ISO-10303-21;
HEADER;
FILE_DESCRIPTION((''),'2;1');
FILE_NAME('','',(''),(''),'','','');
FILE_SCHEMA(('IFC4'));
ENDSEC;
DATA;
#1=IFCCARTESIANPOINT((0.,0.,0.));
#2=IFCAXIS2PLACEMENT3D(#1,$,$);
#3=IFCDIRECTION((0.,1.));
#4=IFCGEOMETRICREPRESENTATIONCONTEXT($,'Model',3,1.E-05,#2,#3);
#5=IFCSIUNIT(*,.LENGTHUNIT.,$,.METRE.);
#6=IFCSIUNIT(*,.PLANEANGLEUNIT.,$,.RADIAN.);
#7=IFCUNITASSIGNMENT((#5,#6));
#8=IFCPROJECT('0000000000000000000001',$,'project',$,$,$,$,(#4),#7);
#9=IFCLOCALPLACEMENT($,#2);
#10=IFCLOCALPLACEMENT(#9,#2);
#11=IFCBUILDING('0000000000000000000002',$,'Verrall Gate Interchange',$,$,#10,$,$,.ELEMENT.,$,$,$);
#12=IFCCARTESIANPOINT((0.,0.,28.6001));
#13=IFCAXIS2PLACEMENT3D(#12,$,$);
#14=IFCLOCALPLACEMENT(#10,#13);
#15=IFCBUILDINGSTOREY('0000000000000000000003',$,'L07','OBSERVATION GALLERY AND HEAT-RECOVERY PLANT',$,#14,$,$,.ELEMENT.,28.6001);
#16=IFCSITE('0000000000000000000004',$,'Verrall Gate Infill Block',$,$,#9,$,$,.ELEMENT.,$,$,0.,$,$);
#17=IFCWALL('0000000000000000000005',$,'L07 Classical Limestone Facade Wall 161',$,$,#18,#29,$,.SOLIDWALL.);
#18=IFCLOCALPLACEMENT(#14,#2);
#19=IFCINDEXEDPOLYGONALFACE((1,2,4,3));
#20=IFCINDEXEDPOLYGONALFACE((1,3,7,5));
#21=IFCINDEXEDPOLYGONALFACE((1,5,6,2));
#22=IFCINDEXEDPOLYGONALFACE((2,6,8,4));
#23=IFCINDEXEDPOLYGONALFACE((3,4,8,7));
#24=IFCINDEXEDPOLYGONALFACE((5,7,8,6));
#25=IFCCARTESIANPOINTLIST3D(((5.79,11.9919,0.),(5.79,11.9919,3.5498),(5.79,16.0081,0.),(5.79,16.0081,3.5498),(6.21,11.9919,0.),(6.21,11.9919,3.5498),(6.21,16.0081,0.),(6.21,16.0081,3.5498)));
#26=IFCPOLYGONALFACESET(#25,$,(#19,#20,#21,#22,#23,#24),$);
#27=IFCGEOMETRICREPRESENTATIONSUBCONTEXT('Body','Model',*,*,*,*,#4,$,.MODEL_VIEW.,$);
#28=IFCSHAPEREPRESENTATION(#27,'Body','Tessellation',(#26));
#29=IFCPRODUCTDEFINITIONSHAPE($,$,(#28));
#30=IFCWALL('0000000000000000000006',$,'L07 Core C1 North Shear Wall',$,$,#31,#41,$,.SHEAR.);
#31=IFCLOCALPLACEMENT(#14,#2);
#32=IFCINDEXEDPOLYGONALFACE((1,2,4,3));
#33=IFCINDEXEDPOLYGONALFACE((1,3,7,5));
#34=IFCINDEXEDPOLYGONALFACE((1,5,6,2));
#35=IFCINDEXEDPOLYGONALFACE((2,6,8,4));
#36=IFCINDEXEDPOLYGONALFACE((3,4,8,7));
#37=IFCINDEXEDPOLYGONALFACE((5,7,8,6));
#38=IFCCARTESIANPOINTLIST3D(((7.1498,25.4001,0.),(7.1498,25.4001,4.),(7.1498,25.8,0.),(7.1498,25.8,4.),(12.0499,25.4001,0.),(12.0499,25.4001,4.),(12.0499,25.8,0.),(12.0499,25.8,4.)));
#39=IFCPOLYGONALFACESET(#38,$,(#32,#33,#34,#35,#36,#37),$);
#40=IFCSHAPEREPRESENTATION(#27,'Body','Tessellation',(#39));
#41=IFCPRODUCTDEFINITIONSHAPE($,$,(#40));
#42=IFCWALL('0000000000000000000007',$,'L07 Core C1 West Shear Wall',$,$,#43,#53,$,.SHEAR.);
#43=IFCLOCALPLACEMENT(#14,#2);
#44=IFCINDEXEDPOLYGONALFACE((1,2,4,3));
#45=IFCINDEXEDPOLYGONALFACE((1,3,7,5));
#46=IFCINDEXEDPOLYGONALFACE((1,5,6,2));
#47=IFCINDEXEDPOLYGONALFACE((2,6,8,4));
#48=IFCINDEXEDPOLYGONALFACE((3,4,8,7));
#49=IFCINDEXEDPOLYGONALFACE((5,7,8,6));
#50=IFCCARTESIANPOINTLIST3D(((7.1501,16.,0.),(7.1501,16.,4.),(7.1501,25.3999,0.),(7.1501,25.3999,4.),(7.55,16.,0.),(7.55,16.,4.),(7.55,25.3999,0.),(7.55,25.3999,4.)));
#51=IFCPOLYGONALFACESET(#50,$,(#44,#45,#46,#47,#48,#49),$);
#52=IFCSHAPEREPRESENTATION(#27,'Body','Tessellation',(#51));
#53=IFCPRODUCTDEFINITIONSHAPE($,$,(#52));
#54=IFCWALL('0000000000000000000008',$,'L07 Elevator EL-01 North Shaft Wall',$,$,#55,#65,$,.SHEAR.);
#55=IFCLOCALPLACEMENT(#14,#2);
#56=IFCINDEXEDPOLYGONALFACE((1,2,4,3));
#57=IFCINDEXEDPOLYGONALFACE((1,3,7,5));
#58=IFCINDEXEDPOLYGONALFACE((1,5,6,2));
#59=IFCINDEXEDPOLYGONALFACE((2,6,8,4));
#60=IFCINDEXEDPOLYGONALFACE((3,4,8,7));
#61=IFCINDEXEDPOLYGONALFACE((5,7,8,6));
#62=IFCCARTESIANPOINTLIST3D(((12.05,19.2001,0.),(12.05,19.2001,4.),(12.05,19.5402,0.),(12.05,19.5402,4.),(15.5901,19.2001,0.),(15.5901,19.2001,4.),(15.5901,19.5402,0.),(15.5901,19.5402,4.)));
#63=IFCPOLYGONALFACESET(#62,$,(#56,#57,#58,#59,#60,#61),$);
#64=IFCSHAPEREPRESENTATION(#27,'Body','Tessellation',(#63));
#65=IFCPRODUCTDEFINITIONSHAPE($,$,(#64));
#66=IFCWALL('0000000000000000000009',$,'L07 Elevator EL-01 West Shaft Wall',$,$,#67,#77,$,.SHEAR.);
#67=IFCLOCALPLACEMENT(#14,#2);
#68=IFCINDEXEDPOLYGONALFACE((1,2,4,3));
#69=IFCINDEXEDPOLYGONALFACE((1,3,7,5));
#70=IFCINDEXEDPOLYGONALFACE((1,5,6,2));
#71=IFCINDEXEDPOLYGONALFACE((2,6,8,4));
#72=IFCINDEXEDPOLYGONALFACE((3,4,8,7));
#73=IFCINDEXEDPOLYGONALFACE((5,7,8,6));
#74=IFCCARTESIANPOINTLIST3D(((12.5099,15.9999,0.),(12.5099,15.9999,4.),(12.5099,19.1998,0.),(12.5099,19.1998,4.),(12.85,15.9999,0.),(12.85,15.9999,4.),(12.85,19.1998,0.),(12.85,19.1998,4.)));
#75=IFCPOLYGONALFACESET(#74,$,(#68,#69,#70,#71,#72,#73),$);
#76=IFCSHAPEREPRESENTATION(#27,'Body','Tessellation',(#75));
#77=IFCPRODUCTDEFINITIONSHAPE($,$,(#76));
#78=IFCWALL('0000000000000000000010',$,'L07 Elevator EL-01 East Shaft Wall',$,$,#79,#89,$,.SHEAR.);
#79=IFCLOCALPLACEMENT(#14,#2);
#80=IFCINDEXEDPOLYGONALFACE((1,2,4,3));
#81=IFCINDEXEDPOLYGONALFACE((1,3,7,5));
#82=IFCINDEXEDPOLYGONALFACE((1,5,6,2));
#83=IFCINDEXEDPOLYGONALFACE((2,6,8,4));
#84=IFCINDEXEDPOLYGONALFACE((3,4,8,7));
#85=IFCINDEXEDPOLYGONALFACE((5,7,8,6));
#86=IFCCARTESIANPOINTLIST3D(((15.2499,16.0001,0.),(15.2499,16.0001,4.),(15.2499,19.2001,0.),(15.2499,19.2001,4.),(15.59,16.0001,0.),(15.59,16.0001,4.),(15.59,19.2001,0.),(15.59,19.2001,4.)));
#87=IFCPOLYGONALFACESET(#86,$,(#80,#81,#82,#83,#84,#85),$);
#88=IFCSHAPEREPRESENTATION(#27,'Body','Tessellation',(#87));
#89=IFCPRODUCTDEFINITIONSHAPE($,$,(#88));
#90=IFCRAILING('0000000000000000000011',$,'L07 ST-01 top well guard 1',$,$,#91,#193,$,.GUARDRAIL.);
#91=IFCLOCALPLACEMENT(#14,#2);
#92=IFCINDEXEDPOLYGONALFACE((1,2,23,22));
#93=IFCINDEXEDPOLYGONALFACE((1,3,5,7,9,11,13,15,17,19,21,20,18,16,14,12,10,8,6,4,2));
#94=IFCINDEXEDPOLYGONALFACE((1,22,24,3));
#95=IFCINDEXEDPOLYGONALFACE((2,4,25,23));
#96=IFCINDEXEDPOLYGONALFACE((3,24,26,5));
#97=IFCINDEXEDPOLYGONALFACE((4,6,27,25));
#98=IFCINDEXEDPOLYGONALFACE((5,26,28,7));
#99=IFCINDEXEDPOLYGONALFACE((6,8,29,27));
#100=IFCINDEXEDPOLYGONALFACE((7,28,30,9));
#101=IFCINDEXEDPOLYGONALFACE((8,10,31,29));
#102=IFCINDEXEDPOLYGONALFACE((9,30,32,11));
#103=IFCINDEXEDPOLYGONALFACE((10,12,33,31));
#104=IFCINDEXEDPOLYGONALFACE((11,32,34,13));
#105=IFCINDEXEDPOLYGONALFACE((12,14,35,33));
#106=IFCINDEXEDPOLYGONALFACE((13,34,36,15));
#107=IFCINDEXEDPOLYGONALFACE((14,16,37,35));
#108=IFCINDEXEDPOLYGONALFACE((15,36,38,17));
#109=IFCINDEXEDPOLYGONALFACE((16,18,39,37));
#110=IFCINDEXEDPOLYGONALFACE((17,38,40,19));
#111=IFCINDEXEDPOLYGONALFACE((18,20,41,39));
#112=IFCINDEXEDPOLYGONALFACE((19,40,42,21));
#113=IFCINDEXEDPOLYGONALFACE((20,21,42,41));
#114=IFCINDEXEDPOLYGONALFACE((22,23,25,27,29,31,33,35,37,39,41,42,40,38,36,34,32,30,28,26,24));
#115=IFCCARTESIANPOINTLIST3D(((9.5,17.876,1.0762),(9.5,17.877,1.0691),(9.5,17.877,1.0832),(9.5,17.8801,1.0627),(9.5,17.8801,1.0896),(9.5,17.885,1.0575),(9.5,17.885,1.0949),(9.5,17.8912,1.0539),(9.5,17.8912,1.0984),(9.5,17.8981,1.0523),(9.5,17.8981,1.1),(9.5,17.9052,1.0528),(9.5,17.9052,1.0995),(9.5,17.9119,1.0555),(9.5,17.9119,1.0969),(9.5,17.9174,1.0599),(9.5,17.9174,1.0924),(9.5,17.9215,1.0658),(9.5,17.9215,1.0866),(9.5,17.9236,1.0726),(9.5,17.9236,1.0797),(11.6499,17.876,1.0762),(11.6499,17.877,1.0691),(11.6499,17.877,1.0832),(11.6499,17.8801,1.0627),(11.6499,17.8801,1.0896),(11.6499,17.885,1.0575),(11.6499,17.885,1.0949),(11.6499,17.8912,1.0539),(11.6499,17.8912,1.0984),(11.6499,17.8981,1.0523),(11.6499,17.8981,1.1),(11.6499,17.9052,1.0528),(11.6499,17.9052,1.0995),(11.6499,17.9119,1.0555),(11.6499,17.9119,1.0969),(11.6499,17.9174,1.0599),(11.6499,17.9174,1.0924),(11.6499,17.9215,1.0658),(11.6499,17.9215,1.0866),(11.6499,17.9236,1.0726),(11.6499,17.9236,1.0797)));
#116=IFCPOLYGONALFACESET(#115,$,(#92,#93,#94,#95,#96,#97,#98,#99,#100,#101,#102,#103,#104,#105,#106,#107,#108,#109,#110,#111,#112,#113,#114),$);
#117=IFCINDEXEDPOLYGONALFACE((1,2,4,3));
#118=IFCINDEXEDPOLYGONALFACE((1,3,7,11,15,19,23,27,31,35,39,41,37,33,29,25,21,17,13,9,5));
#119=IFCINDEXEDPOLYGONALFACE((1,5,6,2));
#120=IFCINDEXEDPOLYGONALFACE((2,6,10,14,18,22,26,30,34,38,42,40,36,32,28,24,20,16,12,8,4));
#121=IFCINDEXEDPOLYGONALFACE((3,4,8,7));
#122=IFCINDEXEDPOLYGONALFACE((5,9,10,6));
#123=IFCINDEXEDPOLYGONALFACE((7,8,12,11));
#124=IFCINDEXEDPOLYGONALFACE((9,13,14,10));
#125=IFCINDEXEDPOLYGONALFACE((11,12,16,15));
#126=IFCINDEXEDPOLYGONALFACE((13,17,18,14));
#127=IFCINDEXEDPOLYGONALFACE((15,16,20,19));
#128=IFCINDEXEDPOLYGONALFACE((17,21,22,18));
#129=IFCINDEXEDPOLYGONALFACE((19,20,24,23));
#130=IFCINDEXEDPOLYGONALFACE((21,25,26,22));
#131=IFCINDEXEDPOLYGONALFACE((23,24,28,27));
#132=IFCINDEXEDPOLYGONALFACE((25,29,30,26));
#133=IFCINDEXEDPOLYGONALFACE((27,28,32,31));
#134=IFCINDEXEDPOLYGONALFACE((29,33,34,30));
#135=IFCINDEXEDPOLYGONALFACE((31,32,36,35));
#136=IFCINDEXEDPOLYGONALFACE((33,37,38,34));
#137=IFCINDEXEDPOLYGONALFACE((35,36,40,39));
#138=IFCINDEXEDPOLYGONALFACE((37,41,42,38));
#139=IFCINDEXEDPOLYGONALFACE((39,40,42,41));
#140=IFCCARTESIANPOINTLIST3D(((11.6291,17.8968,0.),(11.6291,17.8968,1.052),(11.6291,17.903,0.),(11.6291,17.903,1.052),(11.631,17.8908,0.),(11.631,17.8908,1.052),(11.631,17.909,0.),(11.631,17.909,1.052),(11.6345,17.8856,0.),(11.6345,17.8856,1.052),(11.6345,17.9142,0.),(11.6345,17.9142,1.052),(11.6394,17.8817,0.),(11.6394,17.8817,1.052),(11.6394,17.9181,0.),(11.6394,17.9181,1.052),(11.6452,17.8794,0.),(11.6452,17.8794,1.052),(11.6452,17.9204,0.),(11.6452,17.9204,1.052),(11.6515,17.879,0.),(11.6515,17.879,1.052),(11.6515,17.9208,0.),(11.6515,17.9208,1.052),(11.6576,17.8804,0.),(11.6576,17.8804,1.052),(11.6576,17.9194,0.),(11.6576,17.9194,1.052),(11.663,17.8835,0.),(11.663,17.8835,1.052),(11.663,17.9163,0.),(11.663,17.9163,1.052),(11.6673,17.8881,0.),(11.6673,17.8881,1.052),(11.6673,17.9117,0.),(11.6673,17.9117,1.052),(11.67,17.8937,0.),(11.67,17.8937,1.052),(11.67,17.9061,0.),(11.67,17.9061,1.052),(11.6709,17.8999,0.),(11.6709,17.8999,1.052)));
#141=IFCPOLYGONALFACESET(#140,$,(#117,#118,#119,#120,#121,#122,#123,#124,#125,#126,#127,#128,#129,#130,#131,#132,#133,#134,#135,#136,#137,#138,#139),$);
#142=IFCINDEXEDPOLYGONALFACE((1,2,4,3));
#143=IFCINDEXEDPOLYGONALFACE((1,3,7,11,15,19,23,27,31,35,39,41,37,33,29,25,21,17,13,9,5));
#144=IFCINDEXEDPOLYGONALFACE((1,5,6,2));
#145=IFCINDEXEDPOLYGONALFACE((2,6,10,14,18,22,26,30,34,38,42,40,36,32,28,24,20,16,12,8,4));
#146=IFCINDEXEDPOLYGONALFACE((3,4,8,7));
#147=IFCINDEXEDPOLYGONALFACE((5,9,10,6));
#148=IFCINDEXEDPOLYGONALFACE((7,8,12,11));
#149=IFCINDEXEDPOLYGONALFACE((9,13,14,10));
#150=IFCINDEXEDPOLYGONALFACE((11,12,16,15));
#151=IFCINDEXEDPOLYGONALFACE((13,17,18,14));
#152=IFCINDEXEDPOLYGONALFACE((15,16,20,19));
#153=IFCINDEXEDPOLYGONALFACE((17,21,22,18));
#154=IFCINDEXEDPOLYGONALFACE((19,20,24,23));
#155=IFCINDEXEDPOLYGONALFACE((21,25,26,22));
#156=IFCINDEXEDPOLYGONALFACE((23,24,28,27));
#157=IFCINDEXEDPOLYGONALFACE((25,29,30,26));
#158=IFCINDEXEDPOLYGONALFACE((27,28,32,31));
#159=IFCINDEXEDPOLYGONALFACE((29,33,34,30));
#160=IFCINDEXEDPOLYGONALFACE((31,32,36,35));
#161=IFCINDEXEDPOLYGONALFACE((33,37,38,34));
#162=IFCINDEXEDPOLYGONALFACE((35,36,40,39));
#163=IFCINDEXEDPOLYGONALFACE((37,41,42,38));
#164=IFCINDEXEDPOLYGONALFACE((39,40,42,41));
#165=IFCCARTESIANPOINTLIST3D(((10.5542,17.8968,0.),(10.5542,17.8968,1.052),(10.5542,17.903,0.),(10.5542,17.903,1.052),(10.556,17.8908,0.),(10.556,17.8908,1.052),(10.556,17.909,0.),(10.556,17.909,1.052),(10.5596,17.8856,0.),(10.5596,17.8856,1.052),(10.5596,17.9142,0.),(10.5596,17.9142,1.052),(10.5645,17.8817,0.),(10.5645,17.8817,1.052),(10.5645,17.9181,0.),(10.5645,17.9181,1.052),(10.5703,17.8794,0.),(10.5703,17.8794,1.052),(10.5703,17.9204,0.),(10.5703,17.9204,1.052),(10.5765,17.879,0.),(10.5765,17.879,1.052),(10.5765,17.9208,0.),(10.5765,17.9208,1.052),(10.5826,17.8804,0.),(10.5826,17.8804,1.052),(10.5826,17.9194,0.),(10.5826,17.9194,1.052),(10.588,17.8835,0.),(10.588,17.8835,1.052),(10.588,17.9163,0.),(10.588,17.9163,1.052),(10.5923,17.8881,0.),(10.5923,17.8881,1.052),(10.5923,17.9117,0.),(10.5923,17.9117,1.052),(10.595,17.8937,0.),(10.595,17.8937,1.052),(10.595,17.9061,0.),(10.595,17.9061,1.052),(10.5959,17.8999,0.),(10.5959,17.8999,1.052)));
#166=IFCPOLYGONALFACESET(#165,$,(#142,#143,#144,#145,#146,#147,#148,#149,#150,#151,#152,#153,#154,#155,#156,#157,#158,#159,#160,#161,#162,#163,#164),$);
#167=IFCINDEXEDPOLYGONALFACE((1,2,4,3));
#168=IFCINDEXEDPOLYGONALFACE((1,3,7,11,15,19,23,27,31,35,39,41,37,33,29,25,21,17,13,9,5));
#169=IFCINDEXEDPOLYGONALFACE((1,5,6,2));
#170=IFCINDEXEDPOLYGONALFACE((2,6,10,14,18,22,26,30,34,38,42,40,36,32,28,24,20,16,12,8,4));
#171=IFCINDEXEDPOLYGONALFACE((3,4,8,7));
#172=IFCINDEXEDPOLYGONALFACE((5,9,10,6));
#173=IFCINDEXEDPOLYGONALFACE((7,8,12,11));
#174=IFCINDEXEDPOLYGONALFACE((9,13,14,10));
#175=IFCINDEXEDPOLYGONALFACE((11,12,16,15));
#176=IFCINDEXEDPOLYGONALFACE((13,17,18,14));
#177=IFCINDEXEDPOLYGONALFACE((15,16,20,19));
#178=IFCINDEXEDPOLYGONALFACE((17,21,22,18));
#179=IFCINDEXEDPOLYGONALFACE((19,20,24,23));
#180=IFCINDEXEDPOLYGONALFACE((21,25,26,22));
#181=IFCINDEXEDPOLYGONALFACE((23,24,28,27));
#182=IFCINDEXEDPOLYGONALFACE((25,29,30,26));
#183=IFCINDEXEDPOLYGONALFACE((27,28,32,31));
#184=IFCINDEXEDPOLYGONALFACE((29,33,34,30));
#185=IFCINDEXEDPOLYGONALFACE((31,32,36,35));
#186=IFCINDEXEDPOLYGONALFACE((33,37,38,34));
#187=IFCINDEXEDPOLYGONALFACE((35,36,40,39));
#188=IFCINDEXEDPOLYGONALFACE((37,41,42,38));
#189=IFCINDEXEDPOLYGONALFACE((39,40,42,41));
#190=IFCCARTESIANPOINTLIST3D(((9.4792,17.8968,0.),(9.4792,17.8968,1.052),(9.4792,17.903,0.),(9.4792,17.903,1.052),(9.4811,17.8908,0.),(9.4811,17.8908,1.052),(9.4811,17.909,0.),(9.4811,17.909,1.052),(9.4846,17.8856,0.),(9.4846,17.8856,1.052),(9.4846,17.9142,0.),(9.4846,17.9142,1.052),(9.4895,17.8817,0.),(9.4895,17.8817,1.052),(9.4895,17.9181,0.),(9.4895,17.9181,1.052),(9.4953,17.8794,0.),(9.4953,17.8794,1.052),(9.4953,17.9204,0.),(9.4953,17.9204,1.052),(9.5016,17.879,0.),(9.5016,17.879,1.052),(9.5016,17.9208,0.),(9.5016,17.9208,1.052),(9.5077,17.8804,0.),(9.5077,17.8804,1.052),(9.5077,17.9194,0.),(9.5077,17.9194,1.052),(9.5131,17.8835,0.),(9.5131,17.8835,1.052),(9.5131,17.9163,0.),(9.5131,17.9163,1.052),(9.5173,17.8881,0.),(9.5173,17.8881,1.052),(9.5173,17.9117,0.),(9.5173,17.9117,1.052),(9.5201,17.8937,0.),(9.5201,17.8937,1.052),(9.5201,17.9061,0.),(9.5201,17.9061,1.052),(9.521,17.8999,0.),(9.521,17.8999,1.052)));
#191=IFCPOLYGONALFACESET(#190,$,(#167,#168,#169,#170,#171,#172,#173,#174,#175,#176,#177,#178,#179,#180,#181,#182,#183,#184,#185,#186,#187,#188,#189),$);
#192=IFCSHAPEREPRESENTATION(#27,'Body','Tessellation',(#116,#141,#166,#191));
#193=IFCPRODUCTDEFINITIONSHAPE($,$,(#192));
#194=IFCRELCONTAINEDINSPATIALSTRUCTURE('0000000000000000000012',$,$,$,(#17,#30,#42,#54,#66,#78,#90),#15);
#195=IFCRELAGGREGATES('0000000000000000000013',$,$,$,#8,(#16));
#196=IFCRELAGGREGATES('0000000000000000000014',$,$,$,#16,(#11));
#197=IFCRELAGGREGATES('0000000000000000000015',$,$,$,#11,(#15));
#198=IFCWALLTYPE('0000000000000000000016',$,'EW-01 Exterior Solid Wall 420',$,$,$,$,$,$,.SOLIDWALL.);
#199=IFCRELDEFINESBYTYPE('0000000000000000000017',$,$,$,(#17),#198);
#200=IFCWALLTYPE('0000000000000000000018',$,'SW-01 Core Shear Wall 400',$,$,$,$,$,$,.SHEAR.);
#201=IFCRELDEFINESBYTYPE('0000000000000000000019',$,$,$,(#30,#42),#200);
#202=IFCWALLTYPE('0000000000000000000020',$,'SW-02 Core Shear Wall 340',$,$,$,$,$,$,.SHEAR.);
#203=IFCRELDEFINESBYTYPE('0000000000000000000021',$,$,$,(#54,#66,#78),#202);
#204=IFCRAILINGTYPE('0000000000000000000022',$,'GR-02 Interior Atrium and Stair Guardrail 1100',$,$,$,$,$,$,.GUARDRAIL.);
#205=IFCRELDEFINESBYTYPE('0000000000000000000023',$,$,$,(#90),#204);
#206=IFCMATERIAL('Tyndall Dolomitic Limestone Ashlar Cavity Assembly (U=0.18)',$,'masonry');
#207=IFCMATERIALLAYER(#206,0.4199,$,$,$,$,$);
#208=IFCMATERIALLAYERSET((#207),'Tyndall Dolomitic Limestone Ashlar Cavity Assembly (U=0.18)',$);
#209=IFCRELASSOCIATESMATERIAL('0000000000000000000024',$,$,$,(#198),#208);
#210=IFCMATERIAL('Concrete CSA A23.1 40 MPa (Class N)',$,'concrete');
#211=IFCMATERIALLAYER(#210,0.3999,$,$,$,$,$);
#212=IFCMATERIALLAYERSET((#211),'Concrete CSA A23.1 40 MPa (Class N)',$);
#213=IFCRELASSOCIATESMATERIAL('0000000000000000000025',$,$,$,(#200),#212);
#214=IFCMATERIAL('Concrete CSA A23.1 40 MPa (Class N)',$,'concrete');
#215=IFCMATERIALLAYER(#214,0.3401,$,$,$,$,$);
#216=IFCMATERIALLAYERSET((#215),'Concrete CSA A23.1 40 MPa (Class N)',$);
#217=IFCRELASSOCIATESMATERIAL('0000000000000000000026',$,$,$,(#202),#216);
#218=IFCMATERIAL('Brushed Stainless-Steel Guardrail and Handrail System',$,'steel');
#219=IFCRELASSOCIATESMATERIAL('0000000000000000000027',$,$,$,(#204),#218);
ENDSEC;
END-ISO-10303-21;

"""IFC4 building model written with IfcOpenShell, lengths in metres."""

from ifc_helpers import new_model, si_unit, direction, frame, frame_2d, origin, origin_2d, place, context, subcontext, project, spatial, rectangle, circle, extrude, material, layer, layer_set, type_object, element, save


model = new_model("IFC4")

# Units and contexts
model_context = context("Model", 3, precision=1e-05, world=origin(), true_north=direction((0.0, 1.0)))
body_context = subcontext(model_context, "Body", "Model", "MODEL_VIEW")
ifc_project = project(units=[si_unit("LENGTHUNIT", "METRE"), si_unit("PLANEANGLEUNIT", "RADIAN")], contexts=[model_context])

# Site, building, storey
site_placement = place(None, origin())
site = spatial("IfcSite", under=ifc_project, at=site_placement, Name="Verrall Gate Infill Block", CompositionType="ELEMENT", RefElevation=0.0)
building_placement = place(site_placement, origin())
building = spatial("IfcBuilding", under=site, at=building_placement, Name="Verrall Gate Interchange", CompositionType="ELEMENT")
storey_placement = place(building_placement, frame((0.0, 0.0, 28.6001)))
storey = spatial("IfcBuildingStorey", under=building, at=storey_placement, Name="L07", Description="OBSERVATION GALLERY AND HEAT-RECOVERY PLANT", CompositionType="ELEMENT", Elevation=28.6001)

# Wall
ifc_material_1 = material(Name="Tyndall Dolomitic Limestone Ashlar Cavity Assembly (U=0.18)", Category="masonry")
ifc_layer_1 = layer(ifc_material_1, 0.4199)
ifc_layer_set_1 = layer_set([ifc_layer_1], Name="Tyndall Dolomitic Limestone Ashlar Cavity Assembly (U=0.18)")
wall_type_1 = type_object("IfcWallType", Name="EW-01 Exterior Solid Wall 420", PredefinedType="SOLIDWALL", material=ifc_layer_set_1)
wall_1_placement = place(storey_placement, frame((6.0, 16.0081, 0.0), z_axis=(0.0, 0.0, 1.0), x_axis=(0.0, -1.0, 0.0)))
element("IfcWall", 1, at=wall_1_placement, inside=storey, type_object=wall_type_1, Name="L07 Classical Limestone Facade Wall 161", PredefinedType="SOLIDWALL", context=body_context, shape_type="SweptSolid", body=[
    extrude(rectangle(XDim=4.0161, YDim=0.4199, at=frame_2d((2.0081, 0.0))), origin(), (0.0, 0.0, 1.0), 3.5498),
])

# Walls
ifc_material_2 = material(Name="Concrete CSA A23.1 40 MPa (Class N)", Category="concrete")
ifc_layer_2 = layer(ifc_material_2, 0.3999)
ifc_layer_set_2 = layer_set([ifc_layer_2], Name="Concrete CSA A23.1 40 MPa (Class N)")
wall_type_2 = type_object("IfcWallType", Name="SW-01 Core Shear Wall 400", PredefinedType="SHEAR", material=ifc_layer_set_2)
wall_2_placement = place(storey_placement, frame((12.05, 25.6001, 0.0), z_axis=(0.0, 0.0, 1.0), x_axis=(-1.0, 0.0, 0.0)))
element("IfcWall", 2, at=wall_2_placement, inside=storey, type_object=wall_type_2, Name="L07 Core C1 North Shear Wall", PredefinedType="SHEAR", context=body_context, shape_type="SweptSolid", body=[
    extrude(rectangle(XDim=4.9001, YDim=0.3999, at=frame_2d((2.4502, 0.0))), origin(), (0.0, 0.0, 1.0), 4.0),
])
wall_3_placement = place(storey_placement, frame((7.3501, 25.3999, 0.0), z_axis=(0.0, 0.0, 1.0), x_axis=(0.0, -1.0, 0.0)))
element("IfcWall", 3, at=wall_3_placement, inside=storey, type_object=wall_type_2, Name="L07 Core C1 West Shear Wall", PredefinedType="SHEAR", context=body_context, shape_type="SweptSolid", body=[
    extrude(rectangle(XDim=9.3999, YDim=0.3999, at=frame_2d((4.7, 0.0))), origin(), (0.0, 0.0, 1.0), 4.0),
])
ifc_material_3 = material(Name="Concrete CSA A23.1 40 MPa (Class N)", Category="concrete")
ifc_layer_3 = layer(ifc_material_3, 0.3401)
ifc_layer_set_3 = layer_set([ifc_layer_3], Name="Concrete CSA A23.1 40 MPa (Class N)")
wall_type_3 = type_object("IfcWallType", Name="SW-02 Core Shear Wall 340", PredefinedType="SHEAR", material=ifc_layer_set_3)
wall_4_placement = place(storey_placement, frame((15.5901, 19.3701, 0.0), z_axis=(0.0, 0.0, 1.0), x_axis=(-1.0, 0.0, 0.0)))
element("IfcWall", 4, at=wall_4_placement, inside=storey, type_object=wall_type_3, Name="L07 Elevator EL-01 North Shaft Wall", PredefinedType="SHEAR", context=body_context, shape_type="SweptSolid", body=[
    extrude(rectangle(XDim=3.54, YDim=0.3401, at=frame_2d((1.77, 0.0))), origin(), (0.0, 0.0, 1.0), 4.0),
])
for number, where, z_axis, x_axis, name in (
    (5, (12.6799, 19.2, 0.0), (0.0, 0.0, 1.0), (0.0, -1.0, 0.0), "L07 Elevator EL-01 West Shaft Wall"),
    (6, (15.4199, 16.0, 0.0), (0.0, 0.0, 1.0), (0.0, 1.0, 0.0), "L07 Elevator EL-01 East Shaft Wall"),
):
    element("IfcWall", number, at=place(storey_placement, frame(where, z_axis=z_axis, x_axis=x_axis)), inside=storey, type_object=wall_type_3, Name=name, PredefinedType="SHEAR", context=body_context, shape_type="SweptSolid", body=[
        extrude(rectangle(XDim=3.2, YDim=0.3401, at=frame_2d((1.6001, 0.0))), origin(), (0.0, 0.0, 1.0), 4.0),
    ])

# Railing
ifc_material_4 = material(Name="Brushed Stainless-Steel Guardrail and Handrail System", Category="steel")
railing_type = type_object("IfcRailingType", Name="GR-02 Interior Atrium and Stair Guardrail 1100", PredefinedType="GUARDRAIL", material=ifc_material_4)
railing_placement = place(storey_placement, frame((11.6499, 17.8999, 0.0)))
element("IfcRailing", 7, at=railing_placement, inside=storey, type_object=railing_type, Name="L07 ST-01 top well guard 1", PredefinedType="GUARDRAIL", context=body_context, shape_type="SweptSolid", body=[
    extrude(circle(Radius=0.0239, at=origin_2d()), frame((0.0, 0.0, 1.0762), z_axis=(-1.0, 0.0, 0.0), x_axis=(0.0, -1.0, 0.0)), (0.0, 0.0, 1.0), 2.1499),
    extrude(circle(Radius=0.021, at=origin_2d()), origin(), (0.0, 0.0, 1.0), 1.052),
    extrude(circle(Radius=0.021, at=origin_2d()), frame((-1.075, 0.0, 0.0)), (0.0, 0.0, 1.0), 1.052),
    extrude(circle(Radius=0.021, at=origin_2d()), frame((-2.1499, 0.0, 0.0)), (0.0, 0.0, 1.0), 1.052),
])

save(model, "model.ifc")
